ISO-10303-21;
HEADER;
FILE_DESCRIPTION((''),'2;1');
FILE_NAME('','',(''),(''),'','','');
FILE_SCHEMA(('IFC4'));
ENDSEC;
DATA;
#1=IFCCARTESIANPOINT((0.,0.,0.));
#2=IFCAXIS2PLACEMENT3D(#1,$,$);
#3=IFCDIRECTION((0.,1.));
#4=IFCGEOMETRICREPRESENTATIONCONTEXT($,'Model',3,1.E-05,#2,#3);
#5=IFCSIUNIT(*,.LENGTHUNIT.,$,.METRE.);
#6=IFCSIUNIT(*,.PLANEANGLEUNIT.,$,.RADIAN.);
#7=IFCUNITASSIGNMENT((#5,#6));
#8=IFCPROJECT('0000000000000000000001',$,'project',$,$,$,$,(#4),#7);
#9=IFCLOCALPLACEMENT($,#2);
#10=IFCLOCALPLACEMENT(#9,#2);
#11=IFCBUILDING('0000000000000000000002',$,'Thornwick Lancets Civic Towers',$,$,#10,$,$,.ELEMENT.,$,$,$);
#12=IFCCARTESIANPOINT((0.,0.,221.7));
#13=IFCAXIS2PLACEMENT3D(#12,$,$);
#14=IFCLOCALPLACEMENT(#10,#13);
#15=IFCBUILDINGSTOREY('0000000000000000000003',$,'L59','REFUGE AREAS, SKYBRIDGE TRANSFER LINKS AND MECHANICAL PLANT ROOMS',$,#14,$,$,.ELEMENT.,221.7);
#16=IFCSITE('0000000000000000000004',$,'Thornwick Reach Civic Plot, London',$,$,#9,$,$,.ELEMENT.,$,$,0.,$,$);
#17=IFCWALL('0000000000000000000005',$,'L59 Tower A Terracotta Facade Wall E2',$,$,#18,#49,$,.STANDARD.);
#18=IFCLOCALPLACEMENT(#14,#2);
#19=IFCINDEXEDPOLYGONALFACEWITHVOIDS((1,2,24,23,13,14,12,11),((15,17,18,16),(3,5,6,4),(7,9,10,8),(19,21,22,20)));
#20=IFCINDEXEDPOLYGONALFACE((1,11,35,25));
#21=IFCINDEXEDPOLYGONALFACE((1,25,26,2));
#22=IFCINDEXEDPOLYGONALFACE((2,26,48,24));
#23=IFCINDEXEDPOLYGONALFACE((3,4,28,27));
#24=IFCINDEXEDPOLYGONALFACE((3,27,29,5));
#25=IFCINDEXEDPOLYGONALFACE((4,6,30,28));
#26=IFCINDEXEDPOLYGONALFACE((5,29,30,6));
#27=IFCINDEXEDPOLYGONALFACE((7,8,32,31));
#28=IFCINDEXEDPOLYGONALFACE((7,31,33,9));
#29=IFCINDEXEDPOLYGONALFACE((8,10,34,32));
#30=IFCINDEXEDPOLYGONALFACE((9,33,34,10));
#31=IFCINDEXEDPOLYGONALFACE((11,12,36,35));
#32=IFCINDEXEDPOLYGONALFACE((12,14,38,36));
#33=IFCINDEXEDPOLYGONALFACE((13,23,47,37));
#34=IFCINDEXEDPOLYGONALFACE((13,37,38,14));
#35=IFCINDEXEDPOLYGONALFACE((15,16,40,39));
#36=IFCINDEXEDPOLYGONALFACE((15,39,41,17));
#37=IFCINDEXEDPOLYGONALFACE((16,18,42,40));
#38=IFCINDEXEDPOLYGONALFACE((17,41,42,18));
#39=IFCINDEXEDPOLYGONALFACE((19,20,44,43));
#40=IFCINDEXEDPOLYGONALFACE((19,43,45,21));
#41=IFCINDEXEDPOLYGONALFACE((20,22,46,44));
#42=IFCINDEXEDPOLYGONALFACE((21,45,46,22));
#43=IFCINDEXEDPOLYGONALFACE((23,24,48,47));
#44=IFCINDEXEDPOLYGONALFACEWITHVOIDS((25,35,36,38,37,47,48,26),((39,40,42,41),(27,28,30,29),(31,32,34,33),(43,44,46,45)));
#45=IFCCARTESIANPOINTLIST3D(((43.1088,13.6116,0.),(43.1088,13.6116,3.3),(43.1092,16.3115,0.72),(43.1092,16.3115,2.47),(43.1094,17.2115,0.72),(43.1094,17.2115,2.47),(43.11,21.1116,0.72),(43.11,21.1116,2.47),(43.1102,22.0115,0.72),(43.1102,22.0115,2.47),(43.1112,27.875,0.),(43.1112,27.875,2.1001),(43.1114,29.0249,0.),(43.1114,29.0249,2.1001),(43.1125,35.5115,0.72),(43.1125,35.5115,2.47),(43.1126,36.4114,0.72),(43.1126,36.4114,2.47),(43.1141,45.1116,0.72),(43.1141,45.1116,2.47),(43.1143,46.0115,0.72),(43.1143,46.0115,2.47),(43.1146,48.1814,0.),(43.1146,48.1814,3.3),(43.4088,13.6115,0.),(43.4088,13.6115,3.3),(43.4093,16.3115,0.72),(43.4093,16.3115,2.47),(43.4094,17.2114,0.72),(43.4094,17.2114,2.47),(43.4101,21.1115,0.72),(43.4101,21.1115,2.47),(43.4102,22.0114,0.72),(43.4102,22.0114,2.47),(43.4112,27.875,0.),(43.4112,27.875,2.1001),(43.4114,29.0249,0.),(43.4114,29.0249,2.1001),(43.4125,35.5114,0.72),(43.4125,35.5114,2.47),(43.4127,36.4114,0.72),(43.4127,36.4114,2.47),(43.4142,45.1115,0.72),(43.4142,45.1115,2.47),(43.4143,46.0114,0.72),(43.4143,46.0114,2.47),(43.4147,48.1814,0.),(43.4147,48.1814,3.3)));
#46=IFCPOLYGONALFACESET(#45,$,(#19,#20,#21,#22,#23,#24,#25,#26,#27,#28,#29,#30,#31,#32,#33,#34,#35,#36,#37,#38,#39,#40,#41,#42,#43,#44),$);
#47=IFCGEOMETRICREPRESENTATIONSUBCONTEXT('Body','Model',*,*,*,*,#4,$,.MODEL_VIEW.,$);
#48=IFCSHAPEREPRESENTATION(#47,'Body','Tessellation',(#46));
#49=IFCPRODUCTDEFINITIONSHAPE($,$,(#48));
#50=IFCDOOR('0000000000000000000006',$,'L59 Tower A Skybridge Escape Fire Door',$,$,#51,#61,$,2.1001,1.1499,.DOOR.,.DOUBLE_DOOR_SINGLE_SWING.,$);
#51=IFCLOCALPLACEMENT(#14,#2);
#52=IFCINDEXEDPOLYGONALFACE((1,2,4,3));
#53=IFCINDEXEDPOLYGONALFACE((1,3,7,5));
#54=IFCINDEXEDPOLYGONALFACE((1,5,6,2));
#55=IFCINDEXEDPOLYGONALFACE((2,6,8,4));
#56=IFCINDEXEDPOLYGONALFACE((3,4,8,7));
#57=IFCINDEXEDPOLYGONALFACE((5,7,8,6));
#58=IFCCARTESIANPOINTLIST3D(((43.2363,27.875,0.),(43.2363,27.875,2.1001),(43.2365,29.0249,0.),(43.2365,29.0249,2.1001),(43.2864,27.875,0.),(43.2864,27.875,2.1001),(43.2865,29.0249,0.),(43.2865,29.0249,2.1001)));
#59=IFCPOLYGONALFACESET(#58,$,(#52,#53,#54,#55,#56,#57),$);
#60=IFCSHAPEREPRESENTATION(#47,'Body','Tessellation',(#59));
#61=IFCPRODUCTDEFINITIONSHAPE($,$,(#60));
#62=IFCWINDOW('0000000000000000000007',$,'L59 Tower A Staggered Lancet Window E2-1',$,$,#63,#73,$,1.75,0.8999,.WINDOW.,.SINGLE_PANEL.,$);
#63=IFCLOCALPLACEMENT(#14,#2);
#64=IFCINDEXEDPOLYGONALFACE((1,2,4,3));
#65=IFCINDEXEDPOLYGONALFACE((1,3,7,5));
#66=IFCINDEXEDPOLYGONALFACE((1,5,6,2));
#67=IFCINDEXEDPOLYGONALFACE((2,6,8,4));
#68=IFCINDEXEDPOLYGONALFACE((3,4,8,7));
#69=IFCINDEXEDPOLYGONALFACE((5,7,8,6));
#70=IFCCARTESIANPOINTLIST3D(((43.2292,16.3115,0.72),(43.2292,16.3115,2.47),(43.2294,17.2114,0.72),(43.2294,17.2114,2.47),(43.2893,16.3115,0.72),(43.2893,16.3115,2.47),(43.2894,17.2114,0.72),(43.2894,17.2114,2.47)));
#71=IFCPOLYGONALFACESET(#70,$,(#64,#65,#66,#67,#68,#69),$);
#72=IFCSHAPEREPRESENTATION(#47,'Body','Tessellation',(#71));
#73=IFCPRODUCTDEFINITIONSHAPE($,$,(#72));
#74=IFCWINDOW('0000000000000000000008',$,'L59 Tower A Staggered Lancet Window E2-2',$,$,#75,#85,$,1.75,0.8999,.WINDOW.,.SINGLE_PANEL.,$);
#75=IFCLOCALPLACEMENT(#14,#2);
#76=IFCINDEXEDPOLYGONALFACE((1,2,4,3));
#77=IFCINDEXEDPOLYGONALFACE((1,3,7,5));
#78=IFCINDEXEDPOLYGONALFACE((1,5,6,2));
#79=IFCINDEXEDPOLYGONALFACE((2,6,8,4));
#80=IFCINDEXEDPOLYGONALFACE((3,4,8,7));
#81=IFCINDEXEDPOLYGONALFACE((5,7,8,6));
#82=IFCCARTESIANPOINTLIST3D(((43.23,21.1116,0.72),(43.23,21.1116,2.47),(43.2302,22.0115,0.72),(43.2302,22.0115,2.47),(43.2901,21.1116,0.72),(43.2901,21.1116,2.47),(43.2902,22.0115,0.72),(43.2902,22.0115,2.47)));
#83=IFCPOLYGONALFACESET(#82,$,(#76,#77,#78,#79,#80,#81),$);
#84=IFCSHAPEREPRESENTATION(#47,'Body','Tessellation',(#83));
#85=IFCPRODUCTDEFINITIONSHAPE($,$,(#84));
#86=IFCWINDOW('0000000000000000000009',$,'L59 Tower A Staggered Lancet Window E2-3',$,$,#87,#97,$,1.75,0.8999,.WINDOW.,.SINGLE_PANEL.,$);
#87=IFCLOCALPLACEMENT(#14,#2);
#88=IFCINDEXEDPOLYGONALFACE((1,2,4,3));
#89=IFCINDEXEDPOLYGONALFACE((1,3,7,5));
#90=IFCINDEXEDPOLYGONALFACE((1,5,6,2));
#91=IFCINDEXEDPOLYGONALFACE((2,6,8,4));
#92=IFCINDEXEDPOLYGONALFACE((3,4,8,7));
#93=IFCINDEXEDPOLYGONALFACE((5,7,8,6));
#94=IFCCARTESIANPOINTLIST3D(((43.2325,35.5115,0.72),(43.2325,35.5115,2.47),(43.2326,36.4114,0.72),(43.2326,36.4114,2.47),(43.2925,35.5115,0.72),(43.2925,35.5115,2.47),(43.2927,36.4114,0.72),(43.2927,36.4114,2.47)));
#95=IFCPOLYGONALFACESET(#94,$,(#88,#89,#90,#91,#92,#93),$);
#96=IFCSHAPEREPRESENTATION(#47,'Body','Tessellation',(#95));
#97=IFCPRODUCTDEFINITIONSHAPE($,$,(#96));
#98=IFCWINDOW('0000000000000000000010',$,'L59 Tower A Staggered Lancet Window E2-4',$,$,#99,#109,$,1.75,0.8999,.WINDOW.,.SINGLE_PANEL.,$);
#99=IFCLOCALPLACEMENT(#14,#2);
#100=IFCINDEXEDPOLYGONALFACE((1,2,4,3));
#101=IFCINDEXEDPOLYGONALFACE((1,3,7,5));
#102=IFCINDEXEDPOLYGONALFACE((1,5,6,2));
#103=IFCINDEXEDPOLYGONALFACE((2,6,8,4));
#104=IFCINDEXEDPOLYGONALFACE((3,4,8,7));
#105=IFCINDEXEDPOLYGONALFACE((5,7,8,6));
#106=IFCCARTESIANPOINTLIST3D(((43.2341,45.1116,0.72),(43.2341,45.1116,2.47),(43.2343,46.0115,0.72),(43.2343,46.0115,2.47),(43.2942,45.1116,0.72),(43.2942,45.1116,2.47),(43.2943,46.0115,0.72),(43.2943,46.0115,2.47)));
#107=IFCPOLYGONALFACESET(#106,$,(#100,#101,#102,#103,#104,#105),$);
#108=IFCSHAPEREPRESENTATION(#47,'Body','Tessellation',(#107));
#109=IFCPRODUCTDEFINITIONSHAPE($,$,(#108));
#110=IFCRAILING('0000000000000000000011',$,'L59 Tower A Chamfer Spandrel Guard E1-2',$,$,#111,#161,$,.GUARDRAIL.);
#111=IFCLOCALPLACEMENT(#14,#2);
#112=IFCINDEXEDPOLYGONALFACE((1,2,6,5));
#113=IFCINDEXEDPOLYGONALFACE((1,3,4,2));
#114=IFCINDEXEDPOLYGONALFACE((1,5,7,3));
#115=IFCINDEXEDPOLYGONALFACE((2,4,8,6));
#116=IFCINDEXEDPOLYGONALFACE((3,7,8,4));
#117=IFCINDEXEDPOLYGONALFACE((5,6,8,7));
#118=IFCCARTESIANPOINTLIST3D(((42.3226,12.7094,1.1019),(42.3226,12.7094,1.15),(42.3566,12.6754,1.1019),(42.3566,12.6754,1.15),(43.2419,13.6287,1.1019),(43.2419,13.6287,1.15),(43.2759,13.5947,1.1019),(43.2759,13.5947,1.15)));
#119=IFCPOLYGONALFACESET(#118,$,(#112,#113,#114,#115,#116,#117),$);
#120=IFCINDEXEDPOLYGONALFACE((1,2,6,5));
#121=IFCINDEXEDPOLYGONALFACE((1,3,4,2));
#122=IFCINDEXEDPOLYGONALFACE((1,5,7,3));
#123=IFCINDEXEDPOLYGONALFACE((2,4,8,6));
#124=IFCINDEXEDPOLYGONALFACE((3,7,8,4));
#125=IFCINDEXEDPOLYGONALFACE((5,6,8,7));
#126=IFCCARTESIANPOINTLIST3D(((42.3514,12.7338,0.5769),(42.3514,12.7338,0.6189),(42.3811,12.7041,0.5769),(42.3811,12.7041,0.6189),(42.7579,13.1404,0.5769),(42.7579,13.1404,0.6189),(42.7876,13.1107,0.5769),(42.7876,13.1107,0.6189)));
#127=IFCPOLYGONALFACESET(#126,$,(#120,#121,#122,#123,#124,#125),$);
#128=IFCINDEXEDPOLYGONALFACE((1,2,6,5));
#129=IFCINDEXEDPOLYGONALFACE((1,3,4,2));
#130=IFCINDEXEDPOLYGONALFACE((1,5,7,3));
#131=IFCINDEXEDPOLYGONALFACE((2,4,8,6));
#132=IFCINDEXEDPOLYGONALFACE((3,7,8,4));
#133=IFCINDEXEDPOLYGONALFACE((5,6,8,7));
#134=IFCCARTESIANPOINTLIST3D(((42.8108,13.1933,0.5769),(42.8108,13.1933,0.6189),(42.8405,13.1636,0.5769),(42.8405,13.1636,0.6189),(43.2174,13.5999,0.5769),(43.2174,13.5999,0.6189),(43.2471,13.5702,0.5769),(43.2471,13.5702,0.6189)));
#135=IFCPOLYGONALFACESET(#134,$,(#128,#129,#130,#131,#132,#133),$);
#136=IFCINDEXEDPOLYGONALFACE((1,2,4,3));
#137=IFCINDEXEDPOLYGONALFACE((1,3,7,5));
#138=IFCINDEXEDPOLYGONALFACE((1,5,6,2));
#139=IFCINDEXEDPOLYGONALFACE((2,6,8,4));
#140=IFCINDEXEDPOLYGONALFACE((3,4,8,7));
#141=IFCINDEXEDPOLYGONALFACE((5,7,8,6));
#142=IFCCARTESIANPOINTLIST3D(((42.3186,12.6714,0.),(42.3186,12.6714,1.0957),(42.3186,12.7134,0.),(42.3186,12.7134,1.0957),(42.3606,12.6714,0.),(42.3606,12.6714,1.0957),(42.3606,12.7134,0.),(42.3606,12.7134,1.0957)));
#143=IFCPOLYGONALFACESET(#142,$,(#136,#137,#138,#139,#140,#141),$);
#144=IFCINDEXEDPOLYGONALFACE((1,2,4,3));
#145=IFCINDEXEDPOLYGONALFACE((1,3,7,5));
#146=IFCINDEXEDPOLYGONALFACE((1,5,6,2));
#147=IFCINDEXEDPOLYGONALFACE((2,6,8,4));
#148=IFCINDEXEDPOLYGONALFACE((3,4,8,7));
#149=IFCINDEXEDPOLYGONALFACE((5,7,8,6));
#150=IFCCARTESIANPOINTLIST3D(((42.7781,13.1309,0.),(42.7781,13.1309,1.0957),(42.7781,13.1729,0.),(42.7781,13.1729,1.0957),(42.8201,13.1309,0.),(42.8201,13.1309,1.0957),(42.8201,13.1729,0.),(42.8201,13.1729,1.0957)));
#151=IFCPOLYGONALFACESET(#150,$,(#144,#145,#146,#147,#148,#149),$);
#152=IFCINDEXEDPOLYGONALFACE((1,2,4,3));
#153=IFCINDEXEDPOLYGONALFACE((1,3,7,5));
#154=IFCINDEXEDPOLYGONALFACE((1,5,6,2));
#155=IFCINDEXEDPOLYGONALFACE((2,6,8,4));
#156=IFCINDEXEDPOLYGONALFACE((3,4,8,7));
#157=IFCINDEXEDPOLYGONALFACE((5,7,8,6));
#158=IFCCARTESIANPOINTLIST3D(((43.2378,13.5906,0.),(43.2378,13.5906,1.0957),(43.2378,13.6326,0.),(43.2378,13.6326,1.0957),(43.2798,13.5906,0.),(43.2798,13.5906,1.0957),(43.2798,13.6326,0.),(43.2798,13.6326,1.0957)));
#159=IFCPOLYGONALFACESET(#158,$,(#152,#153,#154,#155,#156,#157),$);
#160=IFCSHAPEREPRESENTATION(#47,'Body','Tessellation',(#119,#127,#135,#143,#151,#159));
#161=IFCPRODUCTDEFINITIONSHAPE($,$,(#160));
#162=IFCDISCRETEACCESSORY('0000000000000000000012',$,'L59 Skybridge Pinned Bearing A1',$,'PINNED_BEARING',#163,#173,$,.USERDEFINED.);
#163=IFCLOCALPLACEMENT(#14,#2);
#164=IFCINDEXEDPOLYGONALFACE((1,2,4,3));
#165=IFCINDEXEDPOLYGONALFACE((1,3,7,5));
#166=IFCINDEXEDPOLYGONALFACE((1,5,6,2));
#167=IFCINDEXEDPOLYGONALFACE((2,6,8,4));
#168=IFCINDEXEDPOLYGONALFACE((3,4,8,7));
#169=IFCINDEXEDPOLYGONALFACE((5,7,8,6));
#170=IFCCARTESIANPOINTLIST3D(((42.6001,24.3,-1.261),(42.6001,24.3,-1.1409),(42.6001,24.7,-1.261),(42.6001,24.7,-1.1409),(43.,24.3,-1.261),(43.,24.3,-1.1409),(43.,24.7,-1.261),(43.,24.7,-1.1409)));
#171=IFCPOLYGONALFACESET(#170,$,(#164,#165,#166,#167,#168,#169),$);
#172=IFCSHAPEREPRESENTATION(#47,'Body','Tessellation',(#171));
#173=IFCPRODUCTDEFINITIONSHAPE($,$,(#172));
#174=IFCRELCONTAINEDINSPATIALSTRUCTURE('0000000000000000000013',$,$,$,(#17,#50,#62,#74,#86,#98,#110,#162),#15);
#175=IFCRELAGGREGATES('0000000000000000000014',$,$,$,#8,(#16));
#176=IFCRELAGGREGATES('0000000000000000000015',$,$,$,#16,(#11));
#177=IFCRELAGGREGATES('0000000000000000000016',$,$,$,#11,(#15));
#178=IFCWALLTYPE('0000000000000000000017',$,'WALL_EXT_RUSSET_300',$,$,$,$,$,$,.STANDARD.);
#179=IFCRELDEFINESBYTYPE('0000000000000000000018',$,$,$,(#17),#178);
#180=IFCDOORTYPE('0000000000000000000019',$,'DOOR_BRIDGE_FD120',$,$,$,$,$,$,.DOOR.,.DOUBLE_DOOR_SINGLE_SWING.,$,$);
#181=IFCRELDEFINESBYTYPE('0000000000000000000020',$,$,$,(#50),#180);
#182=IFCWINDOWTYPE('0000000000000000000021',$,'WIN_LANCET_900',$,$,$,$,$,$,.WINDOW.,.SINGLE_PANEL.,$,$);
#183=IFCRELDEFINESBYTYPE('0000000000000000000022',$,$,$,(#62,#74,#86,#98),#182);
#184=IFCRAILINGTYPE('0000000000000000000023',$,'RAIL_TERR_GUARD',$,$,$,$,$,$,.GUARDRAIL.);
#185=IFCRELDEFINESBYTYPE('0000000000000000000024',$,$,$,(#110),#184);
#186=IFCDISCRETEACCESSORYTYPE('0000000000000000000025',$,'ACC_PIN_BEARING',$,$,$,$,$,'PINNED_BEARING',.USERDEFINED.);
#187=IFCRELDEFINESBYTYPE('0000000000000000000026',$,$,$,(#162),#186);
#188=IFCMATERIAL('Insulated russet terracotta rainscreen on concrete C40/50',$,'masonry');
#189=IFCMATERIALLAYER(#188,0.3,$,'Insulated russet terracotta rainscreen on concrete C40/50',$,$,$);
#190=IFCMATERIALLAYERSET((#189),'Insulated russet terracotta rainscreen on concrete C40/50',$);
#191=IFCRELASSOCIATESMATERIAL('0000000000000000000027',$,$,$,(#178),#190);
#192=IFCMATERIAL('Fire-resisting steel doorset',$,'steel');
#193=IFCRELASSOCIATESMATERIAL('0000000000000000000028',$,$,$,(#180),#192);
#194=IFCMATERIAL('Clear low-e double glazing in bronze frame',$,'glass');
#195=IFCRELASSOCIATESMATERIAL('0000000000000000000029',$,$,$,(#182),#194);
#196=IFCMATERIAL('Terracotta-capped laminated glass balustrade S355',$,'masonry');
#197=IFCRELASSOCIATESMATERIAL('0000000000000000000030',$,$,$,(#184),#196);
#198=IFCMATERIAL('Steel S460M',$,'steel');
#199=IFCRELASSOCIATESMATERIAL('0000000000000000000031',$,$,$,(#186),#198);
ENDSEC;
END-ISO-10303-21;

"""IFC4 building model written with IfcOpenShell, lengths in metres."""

from ifc_helpers import new_model, si_unit, direction, frame, frame_2d, origin, origin_2d, place, context, subcontext, project, spatial, rectangle, extrude, material, layer, layer_set, type_object, element, fill, save


model = new_model("IFC4")

# Units and contexts
model_context = context("Model", 3, precision=1e-05, world=origin(), true_north=direction((0.0, 1.0)))
body_context = subcontext(model_context, "Body", "Model", "MODEL_VIEW")
ifc_project = project(units=[si_unit("LENGTHUNIT", "METRE"), si_unit("PLANEANGLEUNIT", "RADIAN")], contexts=[model_context])

# Site, building, storey
site_placement = place(None, origin())
site = spatial("IfcSite", under=ifc_project, at=site_placement, Name="Thornwick Reach Civic Plot, London", CompositionType="ELEMENT", RefElevation=0.0)
building_placement = place(site_placement, origin())
building = spatial("IfcBuilding", under=site, at=building_placement, Name="Thornwick Lancets Civic Towers", CompositionType="ELEMENT")
storey_placement = place(building_placement, frame((0.0, 0.0, 221.7)))
storey = spatial("IfcBuildingStorey", under=building, at=storey_placement, Name="L59", Description="REFUGE AREAS, SKYBRIDGE TRANSFER LINKS AND MECHANICAL PLANT ROOMS", CompositionType="ELEMENT", Elevation=221.7)

# Shared definitions
ifc_material_1 = material(Name="Steel S460M", Category="steel")

# Wall, openings, door, windows
ifc_material_2 = material(Name="Insulated russet terracotta rainscreen on concrete C40/50", Category="masonry")
ifc_layer_1 = layer(ifc_material_2, 0.3, Name="Insulated russet terracotta rainscreen on concrete C40/50")
ifc_layer_set_1 = layer_set([ifc_layer_1], Name="Insulated russet terracotta rainscreen on concrete C40/50")
wall_type_1 = type_object("IfcWallType", Name="WALL_EXT_RUSSET_300", PredefinedType="STANDARD", material=ifc_layer_set_1)
wall_1_placement = place(storey_placement, frame((43.2588, 13.6116, 0.0), z_axis=(0.0, 0.0, 1.0), x_axis=(0.000169, 1.0, 0.0)))
wall_1 = element("IfcWall", 1, at=wall_1_placement, inside=storey, type_object=wall_type_1, Name="L59 Tower A Terracotta Facade Wall E2", PredefinedType="STANDARD", context=body_context, shape_type="SweptSolid", body=[
    extrude(rectangle(XDim=34.5698, YDim=0.3, at=frame_2d((17.2849, 0.0))), origin(), (0.0, 0.0, 1.0), 3.3),
])
opening_1_placement = place(wall_1_placement, frame((14.2634, 0.0, 0.0)))
opening_1 = element("IfcOpeningElement", 2, at=opening_1_placement, cuts=wall_1, PredefinedType="OPENING", context=body_context, shape_type="SweptSolid", body=[
    extrude(rectangle(XDim=1.1499, YDim=2.1001, at=frame_2d((0.575, 1.05))), frame((0.0, 0.1602, 0.0), z_axis=(0.0, -1.0, 0.0), x_axis=(1.0, 0.0, 0.0)), (0.0, 0.0, 1.0), 0.3201),
])
opening_2_placement = place(wall_1_placement, frame((2.7, 0.0, 0.72)))
opening_2 = element("IfcOpeningElement", 3, at=opening_2_placement, cuts=wall_1, PredefinedType="OPENING", context=body_context, shape_type="SweptSolid", body=[
    extrude(rectangle(XDim=0.8999, YDim=1.75, at=frame_2d((0.45, 0.875))), frame((0.0, 0.1602, 0.0), z_axis=(0.0, -1.0, 0.0), x_axis=(1.0, 0.0, 0.0)), (0.0, 0.0, 1.0), 0.3201),
])
opening_3_placement = place(wall_1_placement, frame((7.5, 0.0, 0.72)))
opening_3 = element("IfcOpeningElement", 4, at=opening_3_placement, cuts=wall_1, PredefinedType="OPENING", context=body_context, shape_type="SweptSolid", body=[
    extrude(rectangle(XDim=0.8999, YDim=1.75, at=frame_2d((0.45, 0.875))), frame((0.0, 0.1602, 0.0), z_axis=(0.0, -1.0, 0.0), x_axis=(1.0, 0.0, 0.0)), (0.0, 0.0, 1.0), 0.3201),
])
opening_4_placement = place(wall_1_placement, frame((21.8999, 0.0, 0.72)))
opening_4 = element("IfcOpeningElement", 5, at=opening_4_placement, cuts=wall_1, PredefinedType="OPENING", context=body_context, shape_type="SweptSolid", body=[
    extrude(rectangle(XDim=0.8999, YDim=1.75, at=frame_2d((0.45, 0.875))), frame((0.0, 0.1602, 0.0), z_axis=(0.0, -1.0, 0.0), x_axis=(1.0, 0.0, 0.0)), (0.0, 0.0, 1.0), 0.3201),
])
opening_5_placement = place(wall_1_placement, frame((31.5, 0.0, 0.72)))
opening_5 = element("IfcOpeningElement", 6, at=opening_5_placement, cuts=wall_1, PredefinedType="OPENING", context=body_context, shape_type="SweptSolid", body=[
    extrude(rectangle(XDim=0.8999, YDim=1.75, at=frame_2d((0.45, 0.875))), frame((0.0, 0.1602, 0.0), z_axis=(0.0, -1.0, 0.0), x_axis=(1.0, 0.0, 0.0)), (0.0, 0.0, 1.0), 0.3201),
])
ifc_material_3 = material(Name="Fire-resisting steel doorset", Category="steel")
door_type = type_object("IfcDoorType", Name="DOOR_BRIDGE_FD120", OperationType="DOUBLE_DOOR_SINGLE_SWING", PredefinedType="DOOR", material=ifc_material_3)
door_placement = place(opening_1_placement, origin())
door = element("IfcDoor", 7, at=door_placement, inside=storey, type_object=door_type, Name="L59 Tower A Skybridge Escape Fire Door", OperationType="DOUBLE_DOOR_SINGLE_SWING", OverallHeight=2.1001, OverallWidth=1.1499, PredefinedType="DOOR", context=body_context, shape_type="SweptSolid", body=[
    extrude(rectangle(XDim=1.1499, YDim=2.1001, at=frame_2d((0.575, 1.05))), frame((0.0, 0.0249, 0.0), z_axis=(0.0, -1.0, 0.0), x_axis=(1.0, 0.0, 0.0)), (0.0, 0.0, 1.0), 0.05),
])
fill(opening_1, door)
ifc_material_4 = material(Name="Clear low-e double glazing in bronze frame", Category="glass")
window_type = type_object("IfcWindowType", Name="WIN_LANCET_900", PartitioningType="SINGLE_PANEL", PredefinedType="WINDOW", material=ifc_material_4)
window_1_placement = place(opening_2_placement, origin())
window_1 = element("IfcWindow", 8, at=window_1_placement, inside=storey, type_object=window_type, Name="L59 Tower A Staggered Lancet Window E2-1", OverallHeight=1.75, OverallWidth=0.8999, PartitioningType="SINGLE_PANEL", PredefinedType="WINDOW", context=body_context, shape_type="SweptSolid", body=[
    extrude(rectangle(XDim=0.8999, YDim=1.75, at=frame_2d((0.45, 0.875))), frame((0.0, 0.03, 0.0), z_axis=(0.0, -1.0, 0.0), x_axis=(1.0, 0.0, 0.0)), (0.0, 0.0, 1.0), 0.0601),
])
fill(opening_2, window_1)
window_2_placement = place(opening_3_placement, origin())
window_2 = element("IfcWindow", 9, at=window_2_placement, inside=storey, type_object=window_type, Name="L59 Tower A Staggered Lancet Window E2-2", OverallHeight=1.75, OverallWidth=0.8999, PartitioningType="SINGLE_PANEL", PredefinedType="WINDOW", context=body_context, shape_type="SweptSolid", body=[
    extrude(rectangle(XDim=0.8999, YDim=1.75, at=frame_2d((0.45, 0.875))), frame((0.0, 0.03, 0.0), z_axis=(0.0, -1.0, 0.0), x_axis=(1.0, 0.0, 0.0)), (0.0, 0.0, 1.0), 0.0601),
])
fill(opening_3, window_2)
window_3_placement = place(opening_4_placement, origin())
window_3 = element("IfcWindow", 10, at=window_3_placement, inside=storey, type_object=window_type, Name="L59 Tower A Staggered Lancet Window E2-3", OverallHeight=1.75, OverallWidth=0.8999, PartitioningType="SINGLE_PANEL", PredefinedType="WINDOW", context=body_context, shape_type="SweptSolid", body=[
    extrude(rectangle(XDim=0.8999, YDim=1.75, at=frame_2d((0.45, 0.875))), frame((0.0, 0.03, 0.0), z_axis=(0.0, -1.0, 0.0), x_axis=(1.0, 0.0, 0.0)), (0.0, 0.0, 1.0), 0.0601),
])
fill(opening_4, window_3)
window_4_placement = place(opening_5_placement, origin())
window_4 = element("IfcWindow", 11, at=window_4_placement, inside=storey, type_object=window_type, Name="L59 Tower A Staggered Lancet Window E2-4", OverallHeight=1.75, OverallWidth=0.8999, PartitioningType="SINGLE_PANEL", PredefinedType="WINDOW", context=body_context, shape_type="SweptSolid", body=[
    extrude(rectangle(XDim=0.8999, YDim=1.75, at=frame_2d((0.45, 0.875))), frame((0.0, 0.03, 0.0), z_axis=(0.0, -1.0, 0.0), x_axis=(1.0, 0.0, 0.0)), (0.0, 0.0, 1.0), 0.0601),
])
fill(opening_5, window_4)

# Railing
ifc_material_5 = material(Name="Terracotta-capped laminated glass balustrade S355", Category="masonry")
railing_type = type_object("IfcRailingType", Name="RAIL_TERR_GUARD", PredefinedType="GUARDRAIL", material=ifc_material_5)
railing_placement = place(storey_placement, frame((42.3396, 12.6924, 0.0)))
element("IfcRailing", 12, at=railing_placement, inside=storey, type_object=railing_type, Name="L59 Tower A Chamfer Spandrel Guard E1-2", PredefinedType="GUARDRAIL", context=body_context, shape_type="SweptSolid", body=[
    extrude(rectangle(XDim=0.0481, YDim=0.0481, at=origin_2d()), frame((0.0, 0.0, 1.126), z_axis=(0.707107, 0.707107, 0.0), x_axis=(-0.707107, 0.707107, 0.0)), (0.0, 0.0, 1.0), 1.3),
    extrude(rectangle(XDim=0.042, YDim=0.042, at=origin_2d()), frame((0.0266, 0.0266, 0.5979), z_axis=(0.707107, 0.707107, 0.0), x_axis=(-0.707107, 0.707107, 0.0)), (0.0, 0.0, 1.0), 0.575),
    extrude(rectangle(XDim=0.042, YDim=0.042, at=origin_2d()), frame((0.4861, 0.4861, 0.5979), z_axis=(0.707107, 0.707107, 0.0), x_axis=(-0.707107, 0.707107, 0.0)), (0.0, 0.0, 1.0), 0.575),
    extrude(rectangle(XDim=0.042, YDim=0.042, at=origin_2d()), origin(), (0.0, 0.0, 1.0), 1.0957),
    extrude(rectangle(XDim=0.042, YDim=0.042, at=origin_2d()), frame((0.4595, 0.4595, 0.0)), (0.0, 0.0, 1.0), 1.0957),
    extrude(rectangle(XDim=0.042, YDim=0.042, at=origin_2d()), frame((0.9192, 0.9192, 0.0)), (0.0, 0.0, 1.0), 1.0957),
])

# Discrete accessory
discrete_accessory_type = type_object("IfcDiscreteAccessoryType", Name="ACC_PIN_BEARING", ElementType="PINNED_BEARING", PredefinedType="USERDEFINED", material=ifc_material_1)
discrete_accessory_placement = place(storey_placement, frame((42.8, 24.5, -1.261), z_axis=(0.0, 0.0, 1.0), x_axis=(1.0, 0.0, 0.0)))
element("IfcDiscreteAccessory", 13, at=discrete_accessory_placement, inside=storey, type_object=discrete_accessory_type, Name="L59 Skybridge Pinned Bearing A1", ObjectType="PINNED_BEARING", PredefinedType="USERDEFINED", context=body_context, shape_type="SweptSolid", body=[
    extrude(rectangle(XDim=0.3999, YDim=0.3999, at=origin_2d()), origin(), (0.0, 0.0, 1.0), 0.1201),
])

save(model, "model.ifc")
